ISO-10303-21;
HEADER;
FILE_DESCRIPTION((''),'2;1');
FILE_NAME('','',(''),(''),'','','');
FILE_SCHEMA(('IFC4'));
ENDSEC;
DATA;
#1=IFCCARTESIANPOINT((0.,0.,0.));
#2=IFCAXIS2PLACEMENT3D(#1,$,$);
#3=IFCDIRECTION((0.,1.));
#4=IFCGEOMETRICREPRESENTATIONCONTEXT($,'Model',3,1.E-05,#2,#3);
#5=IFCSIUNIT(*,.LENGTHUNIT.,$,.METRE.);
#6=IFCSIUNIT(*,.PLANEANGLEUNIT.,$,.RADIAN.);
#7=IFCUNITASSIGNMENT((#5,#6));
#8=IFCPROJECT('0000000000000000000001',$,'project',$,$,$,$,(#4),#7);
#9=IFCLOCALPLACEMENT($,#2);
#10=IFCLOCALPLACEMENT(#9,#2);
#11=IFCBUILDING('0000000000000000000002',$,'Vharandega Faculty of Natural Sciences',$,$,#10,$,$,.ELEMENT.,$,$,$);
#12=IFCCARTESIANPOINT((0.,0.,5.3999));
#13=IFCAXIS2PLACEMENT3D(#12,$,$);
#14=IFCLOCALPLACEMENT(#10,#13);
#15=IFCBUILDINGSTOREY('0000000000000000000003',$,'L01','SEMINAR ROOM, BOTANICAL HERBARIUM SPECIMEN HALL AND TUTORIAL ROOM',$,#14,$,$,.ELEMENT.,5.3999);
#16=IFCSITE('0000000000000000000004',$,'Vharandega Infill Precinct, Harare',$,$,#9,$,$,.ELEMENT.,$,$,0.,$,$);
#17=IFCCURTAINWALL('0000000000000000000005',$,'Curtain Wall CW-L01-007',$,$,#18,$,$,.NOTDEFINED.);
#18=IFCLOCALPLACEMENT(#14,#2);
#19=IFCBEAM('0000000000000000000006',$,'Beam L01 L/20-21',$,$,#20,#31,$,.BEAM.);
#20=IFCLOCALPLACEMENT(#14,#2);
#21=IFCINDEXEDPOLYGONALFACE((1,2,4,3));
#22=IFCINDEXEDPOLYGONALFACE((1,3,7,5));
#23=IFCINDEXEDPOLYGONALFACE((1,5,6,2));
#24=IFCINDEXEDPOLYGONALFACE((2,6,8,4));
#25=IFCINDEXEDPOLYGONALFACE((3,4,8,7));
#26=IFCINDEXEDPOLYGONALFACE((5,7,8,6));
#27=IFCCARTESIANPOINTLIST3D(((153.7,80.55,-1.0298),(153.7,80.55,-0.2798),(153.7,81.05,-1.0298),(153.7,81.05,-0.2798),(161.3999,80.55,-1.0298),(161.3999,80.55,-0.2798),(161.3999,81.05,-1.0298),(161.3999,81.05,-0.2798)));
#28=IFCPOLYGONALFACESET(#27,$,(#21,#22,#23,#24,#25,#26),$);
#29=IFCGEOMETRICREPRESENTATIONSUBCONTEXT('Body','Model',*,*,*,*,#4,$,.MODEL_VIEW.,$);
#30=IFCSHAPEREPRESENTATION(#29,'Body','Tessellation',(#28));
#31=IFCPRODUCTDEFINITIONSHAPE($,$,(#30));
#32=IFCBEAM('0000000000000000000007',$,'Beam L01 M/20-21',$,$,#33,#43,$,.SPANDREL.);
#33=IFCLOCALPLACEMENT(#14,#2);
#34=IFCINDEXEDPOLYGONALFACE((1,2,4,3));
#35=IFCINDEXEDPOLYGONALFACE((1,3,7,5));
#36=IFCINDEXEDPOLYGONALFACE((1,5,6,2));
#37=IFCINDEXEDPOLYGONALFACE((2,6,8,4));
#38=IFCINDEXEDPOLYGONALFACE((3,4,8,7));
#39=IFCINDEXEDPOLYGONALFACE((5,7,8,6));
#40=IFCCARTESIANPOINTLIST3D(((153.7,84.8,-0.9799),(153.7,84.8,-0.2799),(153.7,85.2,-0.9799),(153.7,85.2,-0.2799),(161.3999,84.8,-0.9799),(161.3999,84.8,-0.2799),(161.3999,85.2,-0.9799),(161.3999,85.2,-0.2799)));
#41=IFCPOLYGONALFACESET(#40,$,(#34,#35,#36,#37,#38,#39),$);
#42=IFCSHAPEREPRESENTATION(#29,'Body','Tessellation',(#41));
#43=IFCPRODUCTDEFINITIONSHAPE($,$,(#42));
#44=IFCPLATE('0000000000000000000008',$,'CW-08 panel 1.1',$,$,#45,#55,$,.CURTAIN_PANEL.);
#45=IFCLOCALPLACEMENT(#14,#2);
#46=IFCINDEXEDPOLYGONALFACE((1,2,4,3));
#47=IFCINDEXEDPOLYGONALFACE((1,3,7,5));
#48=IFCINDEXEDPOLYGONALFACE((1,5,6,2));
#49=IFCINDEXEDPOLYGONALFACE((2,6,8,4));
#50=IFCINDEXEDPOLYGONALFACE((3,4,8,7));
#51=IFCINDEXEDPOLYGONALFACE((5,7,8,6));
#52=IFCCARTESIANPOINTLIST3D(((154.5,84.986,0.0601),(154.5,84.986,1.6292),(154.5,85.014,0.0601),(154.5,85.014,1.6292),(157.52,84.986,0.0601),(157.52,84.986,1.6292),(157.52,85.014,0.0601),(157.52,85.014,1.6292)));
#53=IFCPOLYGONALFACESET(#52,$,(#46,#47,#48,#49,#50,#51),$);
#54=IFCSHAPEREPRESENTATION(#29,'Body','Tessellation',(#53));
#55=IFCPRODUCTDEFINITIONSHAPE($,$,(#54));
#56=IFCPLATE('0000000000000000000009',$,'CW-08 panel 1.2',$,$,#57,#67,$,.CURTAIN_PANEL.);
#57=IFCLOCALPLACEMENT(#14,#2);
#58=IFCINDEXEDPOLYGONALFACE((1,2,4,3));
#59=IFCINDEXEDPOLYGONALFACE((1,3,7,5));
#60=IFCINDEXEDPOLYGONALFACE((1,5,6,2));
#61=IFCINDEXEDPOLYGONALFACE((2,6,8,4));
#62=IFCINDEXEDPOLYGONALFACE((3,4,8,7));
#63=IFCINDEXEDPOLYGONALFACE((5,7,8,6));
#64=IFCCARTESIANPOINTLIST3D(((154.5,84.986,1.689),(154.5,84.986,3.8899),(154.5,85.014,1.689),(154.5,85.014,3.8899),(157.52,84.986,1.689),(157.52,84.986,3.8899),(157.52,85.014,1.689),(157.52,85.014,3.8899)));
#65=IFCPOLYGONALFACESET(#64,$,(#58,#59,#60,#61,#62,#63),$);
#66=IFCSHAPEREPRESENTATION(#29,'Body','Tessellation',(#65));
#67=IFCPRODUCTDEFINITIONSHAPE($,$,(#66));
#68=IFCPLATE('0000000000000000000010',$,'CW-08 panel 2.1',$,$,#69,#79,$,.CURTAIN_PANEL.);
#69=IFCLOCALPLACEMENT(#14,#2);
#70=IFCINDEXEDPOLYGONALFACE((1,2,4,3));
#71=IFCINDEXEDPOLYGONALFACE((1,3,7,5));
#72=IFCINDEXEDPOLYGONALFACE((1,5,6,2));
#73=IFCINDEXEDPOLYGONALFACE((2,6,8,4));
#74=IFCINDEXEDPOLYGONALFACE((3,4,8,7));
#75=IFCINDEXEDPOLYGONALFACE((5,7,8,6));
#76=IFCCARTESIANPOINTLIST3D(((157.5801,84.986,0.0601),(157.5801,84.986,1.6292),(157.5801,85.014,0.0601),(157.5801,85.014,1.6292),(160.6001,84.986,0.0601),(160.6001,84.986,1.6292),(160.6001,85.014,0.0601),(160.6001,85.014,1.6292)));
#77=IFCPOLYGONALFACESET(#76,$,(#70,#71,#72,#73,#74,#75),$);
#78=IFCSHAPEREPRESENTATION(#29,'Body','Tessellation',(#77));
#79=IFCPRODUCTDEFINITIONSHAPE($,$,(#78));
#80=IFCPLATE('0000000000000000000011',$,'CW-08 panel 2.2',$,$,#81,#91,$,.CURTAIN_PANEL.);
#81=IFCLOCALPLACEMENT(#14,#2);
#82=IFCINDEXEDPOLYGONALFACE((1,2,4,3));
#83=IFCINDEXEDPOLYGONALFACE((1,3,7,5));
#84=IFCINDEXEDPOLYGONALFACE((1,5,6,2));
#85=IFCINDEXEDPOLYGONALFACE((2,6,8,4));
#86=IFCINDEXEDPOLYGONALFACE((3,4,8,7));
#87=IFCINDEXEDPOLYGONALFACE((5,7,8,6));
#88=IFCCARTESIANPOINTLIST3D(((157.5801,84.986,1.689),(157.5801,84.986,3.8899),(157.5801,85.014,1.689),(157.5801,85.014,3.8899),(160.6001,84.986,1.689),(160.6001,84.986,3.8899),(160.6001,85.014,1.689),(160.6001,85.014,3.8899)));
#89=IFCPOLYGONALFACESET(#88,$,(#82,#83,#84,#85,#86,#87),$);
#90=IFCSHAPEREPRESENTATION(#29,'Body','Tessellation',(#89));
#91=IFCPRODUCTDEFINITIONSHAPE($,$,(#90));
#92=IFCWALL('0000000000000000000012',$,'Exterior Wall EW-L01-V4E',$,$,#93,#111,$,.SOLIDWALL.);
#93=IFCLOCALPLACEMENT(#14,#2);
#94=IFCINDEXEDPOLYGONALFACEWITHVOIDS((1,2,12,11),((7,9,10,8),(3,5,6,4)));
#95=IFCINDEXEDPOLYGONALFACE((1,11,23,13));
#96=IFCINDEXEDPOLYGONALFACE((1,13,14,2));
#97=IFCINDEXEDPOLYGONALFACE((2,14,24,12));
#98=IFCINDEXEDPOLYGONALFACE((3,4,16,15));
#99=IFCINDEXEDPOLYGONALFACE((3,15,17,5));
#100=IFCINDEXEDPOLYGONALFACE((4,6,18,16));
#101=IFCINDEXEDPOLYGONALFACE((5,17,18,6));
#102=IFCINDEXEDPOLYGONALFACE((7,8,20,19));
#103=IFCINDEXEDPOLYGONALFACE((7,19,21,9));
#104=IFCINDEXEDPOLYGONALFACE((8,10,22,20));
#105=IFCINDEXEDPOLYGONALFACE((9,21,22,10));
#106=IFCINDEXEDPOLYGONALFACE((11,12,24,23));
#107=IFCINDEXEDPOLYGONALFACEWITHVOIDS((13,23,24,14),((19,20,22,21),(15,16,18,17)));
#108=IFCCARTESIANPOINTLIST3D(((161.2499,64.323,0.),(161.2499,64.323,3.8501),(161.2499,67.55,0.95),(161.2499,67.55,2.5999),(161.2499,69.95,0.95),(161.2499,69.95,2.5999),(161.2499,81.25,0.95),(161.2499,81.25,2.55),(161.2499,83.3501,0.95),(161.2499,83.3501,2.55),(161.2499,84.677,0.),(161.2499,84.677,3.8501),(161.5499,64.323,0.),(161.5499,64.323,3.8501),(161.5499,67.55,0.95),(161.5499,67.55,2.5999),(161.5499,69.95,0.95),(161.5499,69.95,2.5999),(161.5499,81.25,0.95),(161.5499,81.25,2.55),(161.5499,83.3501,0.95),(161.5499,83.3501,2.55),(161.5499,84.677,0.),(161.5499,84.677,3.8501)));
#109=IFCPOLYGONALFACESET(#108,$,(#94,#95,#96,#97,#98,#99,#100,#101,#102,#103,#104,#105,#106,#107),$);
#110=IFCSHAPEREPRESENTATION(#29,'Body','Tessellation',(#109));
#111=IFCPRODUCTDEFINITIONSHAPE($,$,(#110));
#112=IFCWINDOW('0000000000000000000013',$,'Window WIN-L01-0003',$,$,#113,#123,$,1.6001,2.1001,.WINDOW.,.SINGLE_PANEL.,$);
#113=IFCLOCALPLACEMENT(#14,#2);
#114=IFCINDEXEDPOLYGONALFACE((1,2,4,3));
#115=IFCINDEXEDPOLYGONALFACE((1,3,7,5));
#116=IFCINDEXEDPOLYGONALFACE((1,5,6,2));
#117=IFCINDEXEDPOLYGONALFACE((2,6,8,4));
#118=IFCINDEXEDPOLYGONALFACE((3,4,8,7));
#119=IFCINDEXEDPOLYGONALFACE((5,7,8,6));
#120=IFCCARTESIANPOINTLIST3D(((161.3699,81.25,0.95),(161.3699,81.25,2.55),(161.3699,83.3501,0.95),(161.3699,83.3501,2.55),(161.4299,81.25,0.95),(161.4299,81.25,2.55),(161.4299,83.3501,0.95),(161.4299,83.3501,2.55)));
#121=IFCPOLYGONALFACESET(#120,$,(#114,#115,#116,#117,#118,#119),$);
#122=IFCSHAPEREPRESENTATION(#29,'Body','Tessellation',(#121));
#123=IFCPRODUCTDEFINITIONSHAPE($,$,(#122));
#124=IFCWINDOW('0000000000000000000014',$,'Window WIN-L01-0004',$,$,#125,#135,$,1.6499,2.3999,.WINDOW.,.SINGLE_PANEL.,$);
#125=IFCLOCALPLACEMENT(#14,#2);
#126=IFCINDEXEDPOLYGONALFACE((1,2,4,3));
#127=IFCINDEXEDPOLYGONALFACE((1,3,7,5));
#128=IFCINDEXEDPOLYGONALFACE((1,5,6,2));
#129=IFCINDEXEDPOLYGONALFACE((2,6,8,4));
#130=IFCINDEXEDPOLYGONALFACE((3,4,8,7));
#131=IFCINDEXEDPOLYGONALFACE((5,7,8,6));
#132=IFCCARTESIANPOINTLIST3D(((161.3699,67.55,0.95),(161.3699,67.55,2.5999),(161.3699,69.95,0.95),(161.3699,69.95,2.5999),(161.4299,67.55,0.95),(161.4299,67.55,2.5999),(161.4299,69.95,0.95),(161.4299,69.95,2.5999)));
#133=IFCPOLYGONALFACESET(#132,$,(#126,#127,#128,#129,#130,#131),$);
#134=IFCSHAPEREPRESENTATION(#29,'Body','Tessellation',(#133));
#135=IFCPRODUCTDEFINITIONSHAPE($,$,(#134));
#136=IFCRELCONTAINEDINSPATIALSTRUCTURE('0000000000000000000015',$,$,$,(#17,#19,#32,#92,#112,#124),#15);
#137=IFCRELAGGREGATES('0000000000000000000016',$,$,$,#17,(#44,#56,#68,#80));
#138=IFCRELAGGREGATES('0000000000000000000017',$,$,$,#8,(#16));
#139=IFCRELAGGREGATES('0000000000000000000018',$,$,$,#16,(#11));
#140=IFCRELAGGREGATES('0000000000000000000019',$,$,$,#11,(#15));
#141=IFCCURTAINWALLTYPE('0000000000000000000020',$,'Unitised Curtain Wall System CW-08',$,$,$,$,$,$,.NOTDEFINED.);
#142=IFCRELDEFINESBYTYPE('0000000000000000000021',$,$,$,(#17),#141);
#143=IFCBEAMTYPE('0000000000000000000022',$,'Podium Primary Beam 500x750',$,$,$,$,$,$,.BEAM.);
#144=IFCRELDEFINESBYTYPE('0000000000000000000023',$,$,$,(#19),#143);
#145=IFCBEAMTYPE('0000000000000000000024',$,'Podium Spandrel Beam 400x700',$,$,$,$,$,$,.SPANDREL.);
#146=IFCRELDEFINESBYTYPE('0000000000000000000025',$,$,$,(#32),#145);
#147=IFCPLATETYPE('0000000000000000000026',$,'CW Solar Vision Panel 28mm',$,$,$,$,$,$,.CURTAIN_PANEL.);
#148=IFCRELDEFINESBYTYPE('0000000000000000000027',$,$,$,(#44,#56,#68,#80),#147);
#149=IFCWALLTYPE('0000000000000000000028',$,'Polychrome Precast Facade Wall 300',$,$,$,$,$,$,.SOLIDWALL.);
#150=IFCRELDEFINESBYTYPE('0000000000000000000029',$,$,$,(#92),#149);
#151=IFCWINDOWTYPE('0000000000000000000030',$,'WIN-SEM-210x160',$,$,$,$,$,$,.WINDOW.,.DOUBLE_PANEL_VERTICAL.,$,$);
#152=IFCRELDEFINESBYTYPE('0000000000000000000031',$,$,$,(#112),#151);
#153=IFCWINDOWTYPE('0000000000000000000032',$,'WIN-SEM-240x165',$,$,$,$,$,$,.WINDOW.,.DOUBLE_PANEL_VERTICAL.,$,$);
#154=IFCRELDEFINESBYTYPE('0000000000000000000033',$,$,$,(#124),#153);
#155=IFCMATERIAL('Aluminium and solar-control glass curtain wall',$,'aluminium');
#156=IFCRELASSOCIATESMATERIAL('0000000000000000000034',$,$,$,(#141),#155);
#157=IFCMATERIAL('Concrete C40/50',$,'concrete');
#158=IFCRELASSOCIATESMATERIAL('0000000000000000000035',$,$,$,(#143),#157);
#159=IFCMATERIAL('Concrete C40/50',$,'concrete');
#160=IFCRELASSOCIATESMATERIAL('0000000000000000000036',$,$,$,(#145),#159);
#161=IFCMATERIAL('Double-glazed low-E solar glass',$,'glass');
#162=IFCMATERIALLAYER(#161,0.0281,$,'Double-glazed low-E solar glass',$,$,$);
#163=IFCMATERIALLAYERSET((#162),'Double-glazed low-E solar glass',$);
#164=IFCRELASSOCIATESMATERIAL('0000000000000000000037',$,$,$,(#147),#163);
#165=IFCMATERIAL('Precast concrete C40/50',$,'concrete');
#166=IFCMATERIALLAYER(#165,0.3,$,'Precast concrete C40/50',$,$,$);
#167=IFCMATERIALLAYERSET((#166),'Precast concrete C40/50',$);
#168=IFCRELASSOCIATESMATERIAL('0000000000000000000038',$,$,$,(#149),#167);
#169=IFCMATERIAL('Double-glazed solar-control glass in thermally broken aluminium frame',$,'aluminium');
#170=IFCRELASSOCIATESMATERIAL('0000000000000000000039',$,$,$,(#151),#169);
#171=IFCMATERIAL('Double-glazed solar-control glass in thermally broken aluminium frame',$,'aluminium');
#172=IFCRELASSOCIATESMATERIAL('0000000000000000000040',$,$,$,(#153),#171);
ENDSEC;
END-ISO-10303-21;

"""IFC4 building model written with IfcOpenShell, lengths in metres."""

from ifc_helpers import new_model, si_unit, direction, frame, frame_2d, origin, origin_2d, place, context, subcontext, project, spatial, rectangle, extrude, material, layer, layer_set, material_profile, profile_set, type_object, element, fill, aggregate, save


model = new_model("IFC4")

# Units and contexts
model_context = context("Model", 3, precision=1e-05, world=origin(), true_north=direction((0.0, 1.0)))
body_context = subcontext(model_context, "Body", "Model", "MODEL_VIEW")
ifc_project = project(units=[si_unit("LENGTHUNIT", "METRE"), si_unit("PLANEANGLEUNIT", "RADIAN")], contexts=[model_context])

# Site, building, storey
site_placement = place(None, origin())
site = spatial("IfcSite", under=ifc_project, at=site_placement, Name="Vharandega Infill Precinct, Harare", CompositionType="ELEMENT", RefElevation=0.0)
building_placement = place(site_placement, origin())
building = spatial("IfcBuilding", under=site, at=building_placement, Name="Vharandega Faculty of Natural Sciences", CompositionType="ELEMENT")
storey_placement = place(building_placement, frame((0.0, 0.0, 5.3999)))
storey = spatial("IfcBuildingStorey", under=building, at=storey_placement, Name="L01", Description="SEMINAR ROOM, BOTANICAL HERBARIUM SPECIMEN HALL AND TUTORIAL ROOM", CompositionType="ELEMENT", Elevation=5.3999)

# Curtain wall
ifc_material_1 = material(Name="Aluminium and solar-control glass curtain wall", Category="aluminium")
curtain_wall_type = type_object("IfcCurtainWallType", Name="Unitised Curtain Wall System CW-08", PredefinedType="NOTDEFINED", material=ifc_material_1)
curtain_wall_placement = place(storey_placement, origin())
curtain_wall = element("IfcCurtainWall", 1, at=curtain_wall_placement, inside=storey, type_object=curtain_wall_type, Name="Curtain Wall CW-L01-007", PredefinedType="NOTDEFINED")

# Beams
ifc_material_2 = material(Name="Concrete C40/50", Category="concrete")
ifc_material_profile_1 = material_profile(ifc_material_2, rectangle(XDim=0.5, YDim=0.75, at=origin_2d()), Name="RC 500x750")
ifc_profile_set_1 = profile_set([ifc_material_profile_1], Name="Concrete C40/50")
beam_type_1 = type_object("IfcBeamType", Name="Podium Primary Beam 500x750", PredefinedType="BEAM", material=ifc_profile_set_1)
beam_1_placement = place(storey_placement, frame((153.7, 80.8, -0.6548), z_axis=(1.0, 0.0, 0.0), x_axis=(0.0, 1.0, 0.0)))
element("IfcBeam", 2, at=beam_1_placement, inside=storey, type_object=beam_type_1, Name="Beam L01 L/20-21", PredefinedType="BEAM", context=body_context, shape_type="SweptSolid", body=[
    extrude(rectangle(XDim=0.5, YDim=0.75, at=origin_2d()), origin(), (0.0, 0.0, 1.0), 7.7),
])
ifc_material_3 = material(Name="Concrete C40/50", Category="concrete")
ifc_material_profile_2 = material_profile(ifc_material_3, rectangle(XDim=0.3999, YDim=0.7, at=origin_2d()), Name="RC 400x700")
ifc_profile_set_2 = profile_set([ifc_material_profile_2], Name="Concrete C40/50")
beam_type_2 = type_object("IfcBeamType", Name="Podium Spandrel Beam 400x700", PredefinedType="SPANDREL", material=ifc_profile_set_2)
beam_2_placement = place(storey_placement, frame((153.7, 85.0, -0.6299), z_axis=(1.0, 0.0, 0.0), x_axis=(0.0, 1.0, 0.0)))
element("IfcBeam", 3, at=beam_2_placement, inside=storey, type_object=beam_type_2, Name="Beam L01 M/20-21", PredefinedType="SPANDREL", context=body_context, shape_type="SweptSolid", body=[
    extrude(rectangle(XDim=0.3999, YDim=0.7, at=origin_2d()), origin(), (0.0, 0.0, 1.0), 7.7),
])

# Plates
ifc_material_4 = material(Name="Double-glazed low-E solar glass", Category="glass")
ifc_layer_1 = layer(ifc_material_4, 0.0281, Name="Double-glazed low-E solar glass")
ifc_layer_set_1 = layer_set([ifc_layer_1], Name="Double-glazed low-E solar glass")
plate_type = type_object("IfcPlateType", Name="CW Solar Vision Panel 28mm", PredefinedType="CURTAIN_PANEL", material=ifc_layer_set_1)
plate_1_placement = place(storey_placement, frame((156.01, 85.0, 0.0601), z_axis=(0.0, 0.0, 1.0), x_axis=(1.0, 0.0, 0.0)))
plate_1 = element("IfcPlate", 4, at=plate_1_placement, type_object=plate_type, Name="CW-08 panel 1.1", PredefinedType="CURTAIN_PANEL", context=body_context, shape_type="SweptSolid", body=[
    extrude(rectangle(XDim=3.02, YDim=0.0281, at=origin_2d()), origin(), (0.0, 0.0, 1.0), 1.5691),
])
plate_2_placement = place(storey_placement, frame((156.01, 85.0, 1.689), z_axis=(0.0, 0.0, 1.0), x_axis=(1.0, 0.0, 0.0)))
plate_2 = element("IfcPlate", 5, at=plate_2_placement, type_object=plate_type, Name="CW-08 panel 1.2", PredefinedType="CURTAIN_PANEL", context=body_context, shape_type="SweptSolid", body=[
    extrude(rectangle(XDim=3.02, YDim=0.0281, at=origin_2d()), origin(), (0.0, 0.0, 1.0), 2.2009),
])
plate_3_placement = place(storey_placement, frame((159.0901, 85.0, 0.0601), z_axis=(0.0, 0.0, 1.0), x_axis=(1.0, 0.0, 0.0)))
plate_3 = element("IfcPlate", 6, at=plate_3_placement, type_object=plate_type, Name="CW-08 panel 2.1", PredefinedType="CURTAIN_PANEL", context=body_context, shape_type="SweptSolid", body=[
    extrude(rectangle(XDim=3.02, YDim=0.0281, at=origin_2d()), origin(), (0.0, 0.0, 1.0), 1.5691),
])
plate_4_placement = place(storey_placement, frame((159.0901, 85.0, 1.689), z_axis=(0.0, 0.0, 1.0), x_axis=(1.0, 0.0, 0.0)))
plate_4 = element("IfcPlate", 7, at=plate_4_placement, type_object=plate_type, Name="CW-08 panel 2.2", PredefinedType="CURTAIN_PANEL", context=body_context, shape_type="SweptSolid", body=[
    extrude(rectangle(XDim=3.02, YDim=0.0281, at=origin_2d()), origin(), (0.0, 0.0, 1.0), 2.2009),
])
aggregate(curtain_wall, [plate_1, plate_2, plate_3, plate_4])

# Wall, openings, windows
ifc_material_5 = material(Name="Precast concrete C40/50", Category="concrete")
ifc_layer_2 = layer(ifc_material_5, 0.3, Name="Precast concrete C40/50")
ifc_layer_set_2 = layer_set([ifc_layer_2], Name="Precast concrete C40/50")
wall_type = type_object("IfcWallType", Name="Polychrome Precast Facade Wall 300", PredefinedType="SOLIDWALL", material=ifc_layer_set_2)
wall_placement = place(storey_placement, frame((161.3999, 84.677, 0.0), z_axis=(0.0, 0.0, 1.0), x_axis=(0.0, -1.0, 0.0)))
wall = element("IfcWall", 8, at=wall_placement, inside=storey, type_object=wall_type, Name="Exterior Wall EW-L01-V4E", PredefinedType="SOLIDWALL", context=body_context, shape_type="SweptSolid", body=[
    extrude(rectangle(XDim=20.354, YDim=0.3, at=frame_2d((10.177, 0.0))), origin(), (0.0, 0.0, 1.0), 3.8501),
])
opening_1_placement = place(wall_placement, frame((1.3269, 0.0, 0.95)))
opening_1 = element("IfcOpeningElement", 9, at=opening_1_placement, cuts=wall, PredefinedType="OPENING", context=body_context, shape_type="SweptSolid", body=[
    extrude(rectangle(XDim=2.1001, YDim=1.6001, at=frame_2d((1.05, 0.8))), frame((0.0, 0.1602, 0.0), z_axis=(0.0, -1.0, 0.0), x_axis=(1.0, 0.0, 0.0)), (0.0, 0.0, 1.0), 0.3201),
])
opening_2_placement = place(wall_placement, frame((14.7271, 0.0, 0.95)))
opening_2 = element("IfcOpeningElement", 10, at=opening_2_placement, cuts=wall, PredefinedType="OPENING", context=body_context, shape_type="SweptSolid", body=[
    extrude(rectangle(XDim=2.3999, YDim=1.6499, at=frame_2d((1.2, 0.825))), frame((0.0, 0.1602, 0.0), z_axis=(0.0, -1.0, 0.0), x_axis=(1.0, 0.0, 0.0)), (0.0, 0.0, 1.0), 0.3201),
])
ifc_material_6 = material(Name="Double-glazed solar-control glass in thermally broken aluminium frame", Category="aluminium")
window_type_1 = type_object("IfcWindowType", Name="WIN-SEM-210x160", PartitioningType="DOUBLE_PANEL_VERTICAL", PredefinedType="WINDOW", material=ifc_material_6)
window_1_placement = place(opening_1_placement, origin())
window_1 = element("IfcWindow", 11, at=window_1_placement, inside=storey, type_object=window_type_1, Name="Window WIN-L01-0003", OverallHeight=1.6001, OverallWidth=2.1001, PartitioningType="SINGLE_PANEL", PredefinedType="WINDOW", context=body_context, shape_type="SweptSolid", body=[
    extrude(rectangle(XDim=2.1001, YDim=1.6001, at=frame_2d((1.05, 0.8))), frame((0.0, 0.03, 0.0), z_axis=(0.0, -1.0, 0.0), x_axis=(1.0, 0.0, 0.0)), (0.0, 0.0, 1.0), 0.0601),
])
fill(opening_1, window_1)
ifc_material_7 = material(Name="Double-glazed solar-control glass in thermally broken aluminium frame", Category="aluminium")
window_type_2 = type_object("IfcWindowType", Name="WIN-SEM-240x165", PartitioningType="DOUBLE_PANEL_VERTICAL", PredefinedType="WINDOW", material=ifc_material_7)
window_2_placement = place(opening_2_placement, origin())
window_2 = element("IfcWindow", 12, at=window_2_placement, inside=storey, type_object=window_type_2, Name="Window WIN-L01-0004", OverallHeight=1.6499, OverallWidth=2.3999, PartitioningType="SINGLE_PANEL", PredefinedType="WINDOW", context=body_context, shape_type="SweptSolid", body=[
    extrude(rectangle(XDim=2.3999, YDim=1.6499, at=frame_2d((1.2, 0.825))), frame((0.0, 0.03, 0.0), z_axis=(0.0, -1.0, 0.0), x_axis=(1.0, 0.0, 0.0)), (0.0, 0.0, 1.0), 0.0601),
])
fill(opening_2, window_2)

save(model, "model.ifc")
